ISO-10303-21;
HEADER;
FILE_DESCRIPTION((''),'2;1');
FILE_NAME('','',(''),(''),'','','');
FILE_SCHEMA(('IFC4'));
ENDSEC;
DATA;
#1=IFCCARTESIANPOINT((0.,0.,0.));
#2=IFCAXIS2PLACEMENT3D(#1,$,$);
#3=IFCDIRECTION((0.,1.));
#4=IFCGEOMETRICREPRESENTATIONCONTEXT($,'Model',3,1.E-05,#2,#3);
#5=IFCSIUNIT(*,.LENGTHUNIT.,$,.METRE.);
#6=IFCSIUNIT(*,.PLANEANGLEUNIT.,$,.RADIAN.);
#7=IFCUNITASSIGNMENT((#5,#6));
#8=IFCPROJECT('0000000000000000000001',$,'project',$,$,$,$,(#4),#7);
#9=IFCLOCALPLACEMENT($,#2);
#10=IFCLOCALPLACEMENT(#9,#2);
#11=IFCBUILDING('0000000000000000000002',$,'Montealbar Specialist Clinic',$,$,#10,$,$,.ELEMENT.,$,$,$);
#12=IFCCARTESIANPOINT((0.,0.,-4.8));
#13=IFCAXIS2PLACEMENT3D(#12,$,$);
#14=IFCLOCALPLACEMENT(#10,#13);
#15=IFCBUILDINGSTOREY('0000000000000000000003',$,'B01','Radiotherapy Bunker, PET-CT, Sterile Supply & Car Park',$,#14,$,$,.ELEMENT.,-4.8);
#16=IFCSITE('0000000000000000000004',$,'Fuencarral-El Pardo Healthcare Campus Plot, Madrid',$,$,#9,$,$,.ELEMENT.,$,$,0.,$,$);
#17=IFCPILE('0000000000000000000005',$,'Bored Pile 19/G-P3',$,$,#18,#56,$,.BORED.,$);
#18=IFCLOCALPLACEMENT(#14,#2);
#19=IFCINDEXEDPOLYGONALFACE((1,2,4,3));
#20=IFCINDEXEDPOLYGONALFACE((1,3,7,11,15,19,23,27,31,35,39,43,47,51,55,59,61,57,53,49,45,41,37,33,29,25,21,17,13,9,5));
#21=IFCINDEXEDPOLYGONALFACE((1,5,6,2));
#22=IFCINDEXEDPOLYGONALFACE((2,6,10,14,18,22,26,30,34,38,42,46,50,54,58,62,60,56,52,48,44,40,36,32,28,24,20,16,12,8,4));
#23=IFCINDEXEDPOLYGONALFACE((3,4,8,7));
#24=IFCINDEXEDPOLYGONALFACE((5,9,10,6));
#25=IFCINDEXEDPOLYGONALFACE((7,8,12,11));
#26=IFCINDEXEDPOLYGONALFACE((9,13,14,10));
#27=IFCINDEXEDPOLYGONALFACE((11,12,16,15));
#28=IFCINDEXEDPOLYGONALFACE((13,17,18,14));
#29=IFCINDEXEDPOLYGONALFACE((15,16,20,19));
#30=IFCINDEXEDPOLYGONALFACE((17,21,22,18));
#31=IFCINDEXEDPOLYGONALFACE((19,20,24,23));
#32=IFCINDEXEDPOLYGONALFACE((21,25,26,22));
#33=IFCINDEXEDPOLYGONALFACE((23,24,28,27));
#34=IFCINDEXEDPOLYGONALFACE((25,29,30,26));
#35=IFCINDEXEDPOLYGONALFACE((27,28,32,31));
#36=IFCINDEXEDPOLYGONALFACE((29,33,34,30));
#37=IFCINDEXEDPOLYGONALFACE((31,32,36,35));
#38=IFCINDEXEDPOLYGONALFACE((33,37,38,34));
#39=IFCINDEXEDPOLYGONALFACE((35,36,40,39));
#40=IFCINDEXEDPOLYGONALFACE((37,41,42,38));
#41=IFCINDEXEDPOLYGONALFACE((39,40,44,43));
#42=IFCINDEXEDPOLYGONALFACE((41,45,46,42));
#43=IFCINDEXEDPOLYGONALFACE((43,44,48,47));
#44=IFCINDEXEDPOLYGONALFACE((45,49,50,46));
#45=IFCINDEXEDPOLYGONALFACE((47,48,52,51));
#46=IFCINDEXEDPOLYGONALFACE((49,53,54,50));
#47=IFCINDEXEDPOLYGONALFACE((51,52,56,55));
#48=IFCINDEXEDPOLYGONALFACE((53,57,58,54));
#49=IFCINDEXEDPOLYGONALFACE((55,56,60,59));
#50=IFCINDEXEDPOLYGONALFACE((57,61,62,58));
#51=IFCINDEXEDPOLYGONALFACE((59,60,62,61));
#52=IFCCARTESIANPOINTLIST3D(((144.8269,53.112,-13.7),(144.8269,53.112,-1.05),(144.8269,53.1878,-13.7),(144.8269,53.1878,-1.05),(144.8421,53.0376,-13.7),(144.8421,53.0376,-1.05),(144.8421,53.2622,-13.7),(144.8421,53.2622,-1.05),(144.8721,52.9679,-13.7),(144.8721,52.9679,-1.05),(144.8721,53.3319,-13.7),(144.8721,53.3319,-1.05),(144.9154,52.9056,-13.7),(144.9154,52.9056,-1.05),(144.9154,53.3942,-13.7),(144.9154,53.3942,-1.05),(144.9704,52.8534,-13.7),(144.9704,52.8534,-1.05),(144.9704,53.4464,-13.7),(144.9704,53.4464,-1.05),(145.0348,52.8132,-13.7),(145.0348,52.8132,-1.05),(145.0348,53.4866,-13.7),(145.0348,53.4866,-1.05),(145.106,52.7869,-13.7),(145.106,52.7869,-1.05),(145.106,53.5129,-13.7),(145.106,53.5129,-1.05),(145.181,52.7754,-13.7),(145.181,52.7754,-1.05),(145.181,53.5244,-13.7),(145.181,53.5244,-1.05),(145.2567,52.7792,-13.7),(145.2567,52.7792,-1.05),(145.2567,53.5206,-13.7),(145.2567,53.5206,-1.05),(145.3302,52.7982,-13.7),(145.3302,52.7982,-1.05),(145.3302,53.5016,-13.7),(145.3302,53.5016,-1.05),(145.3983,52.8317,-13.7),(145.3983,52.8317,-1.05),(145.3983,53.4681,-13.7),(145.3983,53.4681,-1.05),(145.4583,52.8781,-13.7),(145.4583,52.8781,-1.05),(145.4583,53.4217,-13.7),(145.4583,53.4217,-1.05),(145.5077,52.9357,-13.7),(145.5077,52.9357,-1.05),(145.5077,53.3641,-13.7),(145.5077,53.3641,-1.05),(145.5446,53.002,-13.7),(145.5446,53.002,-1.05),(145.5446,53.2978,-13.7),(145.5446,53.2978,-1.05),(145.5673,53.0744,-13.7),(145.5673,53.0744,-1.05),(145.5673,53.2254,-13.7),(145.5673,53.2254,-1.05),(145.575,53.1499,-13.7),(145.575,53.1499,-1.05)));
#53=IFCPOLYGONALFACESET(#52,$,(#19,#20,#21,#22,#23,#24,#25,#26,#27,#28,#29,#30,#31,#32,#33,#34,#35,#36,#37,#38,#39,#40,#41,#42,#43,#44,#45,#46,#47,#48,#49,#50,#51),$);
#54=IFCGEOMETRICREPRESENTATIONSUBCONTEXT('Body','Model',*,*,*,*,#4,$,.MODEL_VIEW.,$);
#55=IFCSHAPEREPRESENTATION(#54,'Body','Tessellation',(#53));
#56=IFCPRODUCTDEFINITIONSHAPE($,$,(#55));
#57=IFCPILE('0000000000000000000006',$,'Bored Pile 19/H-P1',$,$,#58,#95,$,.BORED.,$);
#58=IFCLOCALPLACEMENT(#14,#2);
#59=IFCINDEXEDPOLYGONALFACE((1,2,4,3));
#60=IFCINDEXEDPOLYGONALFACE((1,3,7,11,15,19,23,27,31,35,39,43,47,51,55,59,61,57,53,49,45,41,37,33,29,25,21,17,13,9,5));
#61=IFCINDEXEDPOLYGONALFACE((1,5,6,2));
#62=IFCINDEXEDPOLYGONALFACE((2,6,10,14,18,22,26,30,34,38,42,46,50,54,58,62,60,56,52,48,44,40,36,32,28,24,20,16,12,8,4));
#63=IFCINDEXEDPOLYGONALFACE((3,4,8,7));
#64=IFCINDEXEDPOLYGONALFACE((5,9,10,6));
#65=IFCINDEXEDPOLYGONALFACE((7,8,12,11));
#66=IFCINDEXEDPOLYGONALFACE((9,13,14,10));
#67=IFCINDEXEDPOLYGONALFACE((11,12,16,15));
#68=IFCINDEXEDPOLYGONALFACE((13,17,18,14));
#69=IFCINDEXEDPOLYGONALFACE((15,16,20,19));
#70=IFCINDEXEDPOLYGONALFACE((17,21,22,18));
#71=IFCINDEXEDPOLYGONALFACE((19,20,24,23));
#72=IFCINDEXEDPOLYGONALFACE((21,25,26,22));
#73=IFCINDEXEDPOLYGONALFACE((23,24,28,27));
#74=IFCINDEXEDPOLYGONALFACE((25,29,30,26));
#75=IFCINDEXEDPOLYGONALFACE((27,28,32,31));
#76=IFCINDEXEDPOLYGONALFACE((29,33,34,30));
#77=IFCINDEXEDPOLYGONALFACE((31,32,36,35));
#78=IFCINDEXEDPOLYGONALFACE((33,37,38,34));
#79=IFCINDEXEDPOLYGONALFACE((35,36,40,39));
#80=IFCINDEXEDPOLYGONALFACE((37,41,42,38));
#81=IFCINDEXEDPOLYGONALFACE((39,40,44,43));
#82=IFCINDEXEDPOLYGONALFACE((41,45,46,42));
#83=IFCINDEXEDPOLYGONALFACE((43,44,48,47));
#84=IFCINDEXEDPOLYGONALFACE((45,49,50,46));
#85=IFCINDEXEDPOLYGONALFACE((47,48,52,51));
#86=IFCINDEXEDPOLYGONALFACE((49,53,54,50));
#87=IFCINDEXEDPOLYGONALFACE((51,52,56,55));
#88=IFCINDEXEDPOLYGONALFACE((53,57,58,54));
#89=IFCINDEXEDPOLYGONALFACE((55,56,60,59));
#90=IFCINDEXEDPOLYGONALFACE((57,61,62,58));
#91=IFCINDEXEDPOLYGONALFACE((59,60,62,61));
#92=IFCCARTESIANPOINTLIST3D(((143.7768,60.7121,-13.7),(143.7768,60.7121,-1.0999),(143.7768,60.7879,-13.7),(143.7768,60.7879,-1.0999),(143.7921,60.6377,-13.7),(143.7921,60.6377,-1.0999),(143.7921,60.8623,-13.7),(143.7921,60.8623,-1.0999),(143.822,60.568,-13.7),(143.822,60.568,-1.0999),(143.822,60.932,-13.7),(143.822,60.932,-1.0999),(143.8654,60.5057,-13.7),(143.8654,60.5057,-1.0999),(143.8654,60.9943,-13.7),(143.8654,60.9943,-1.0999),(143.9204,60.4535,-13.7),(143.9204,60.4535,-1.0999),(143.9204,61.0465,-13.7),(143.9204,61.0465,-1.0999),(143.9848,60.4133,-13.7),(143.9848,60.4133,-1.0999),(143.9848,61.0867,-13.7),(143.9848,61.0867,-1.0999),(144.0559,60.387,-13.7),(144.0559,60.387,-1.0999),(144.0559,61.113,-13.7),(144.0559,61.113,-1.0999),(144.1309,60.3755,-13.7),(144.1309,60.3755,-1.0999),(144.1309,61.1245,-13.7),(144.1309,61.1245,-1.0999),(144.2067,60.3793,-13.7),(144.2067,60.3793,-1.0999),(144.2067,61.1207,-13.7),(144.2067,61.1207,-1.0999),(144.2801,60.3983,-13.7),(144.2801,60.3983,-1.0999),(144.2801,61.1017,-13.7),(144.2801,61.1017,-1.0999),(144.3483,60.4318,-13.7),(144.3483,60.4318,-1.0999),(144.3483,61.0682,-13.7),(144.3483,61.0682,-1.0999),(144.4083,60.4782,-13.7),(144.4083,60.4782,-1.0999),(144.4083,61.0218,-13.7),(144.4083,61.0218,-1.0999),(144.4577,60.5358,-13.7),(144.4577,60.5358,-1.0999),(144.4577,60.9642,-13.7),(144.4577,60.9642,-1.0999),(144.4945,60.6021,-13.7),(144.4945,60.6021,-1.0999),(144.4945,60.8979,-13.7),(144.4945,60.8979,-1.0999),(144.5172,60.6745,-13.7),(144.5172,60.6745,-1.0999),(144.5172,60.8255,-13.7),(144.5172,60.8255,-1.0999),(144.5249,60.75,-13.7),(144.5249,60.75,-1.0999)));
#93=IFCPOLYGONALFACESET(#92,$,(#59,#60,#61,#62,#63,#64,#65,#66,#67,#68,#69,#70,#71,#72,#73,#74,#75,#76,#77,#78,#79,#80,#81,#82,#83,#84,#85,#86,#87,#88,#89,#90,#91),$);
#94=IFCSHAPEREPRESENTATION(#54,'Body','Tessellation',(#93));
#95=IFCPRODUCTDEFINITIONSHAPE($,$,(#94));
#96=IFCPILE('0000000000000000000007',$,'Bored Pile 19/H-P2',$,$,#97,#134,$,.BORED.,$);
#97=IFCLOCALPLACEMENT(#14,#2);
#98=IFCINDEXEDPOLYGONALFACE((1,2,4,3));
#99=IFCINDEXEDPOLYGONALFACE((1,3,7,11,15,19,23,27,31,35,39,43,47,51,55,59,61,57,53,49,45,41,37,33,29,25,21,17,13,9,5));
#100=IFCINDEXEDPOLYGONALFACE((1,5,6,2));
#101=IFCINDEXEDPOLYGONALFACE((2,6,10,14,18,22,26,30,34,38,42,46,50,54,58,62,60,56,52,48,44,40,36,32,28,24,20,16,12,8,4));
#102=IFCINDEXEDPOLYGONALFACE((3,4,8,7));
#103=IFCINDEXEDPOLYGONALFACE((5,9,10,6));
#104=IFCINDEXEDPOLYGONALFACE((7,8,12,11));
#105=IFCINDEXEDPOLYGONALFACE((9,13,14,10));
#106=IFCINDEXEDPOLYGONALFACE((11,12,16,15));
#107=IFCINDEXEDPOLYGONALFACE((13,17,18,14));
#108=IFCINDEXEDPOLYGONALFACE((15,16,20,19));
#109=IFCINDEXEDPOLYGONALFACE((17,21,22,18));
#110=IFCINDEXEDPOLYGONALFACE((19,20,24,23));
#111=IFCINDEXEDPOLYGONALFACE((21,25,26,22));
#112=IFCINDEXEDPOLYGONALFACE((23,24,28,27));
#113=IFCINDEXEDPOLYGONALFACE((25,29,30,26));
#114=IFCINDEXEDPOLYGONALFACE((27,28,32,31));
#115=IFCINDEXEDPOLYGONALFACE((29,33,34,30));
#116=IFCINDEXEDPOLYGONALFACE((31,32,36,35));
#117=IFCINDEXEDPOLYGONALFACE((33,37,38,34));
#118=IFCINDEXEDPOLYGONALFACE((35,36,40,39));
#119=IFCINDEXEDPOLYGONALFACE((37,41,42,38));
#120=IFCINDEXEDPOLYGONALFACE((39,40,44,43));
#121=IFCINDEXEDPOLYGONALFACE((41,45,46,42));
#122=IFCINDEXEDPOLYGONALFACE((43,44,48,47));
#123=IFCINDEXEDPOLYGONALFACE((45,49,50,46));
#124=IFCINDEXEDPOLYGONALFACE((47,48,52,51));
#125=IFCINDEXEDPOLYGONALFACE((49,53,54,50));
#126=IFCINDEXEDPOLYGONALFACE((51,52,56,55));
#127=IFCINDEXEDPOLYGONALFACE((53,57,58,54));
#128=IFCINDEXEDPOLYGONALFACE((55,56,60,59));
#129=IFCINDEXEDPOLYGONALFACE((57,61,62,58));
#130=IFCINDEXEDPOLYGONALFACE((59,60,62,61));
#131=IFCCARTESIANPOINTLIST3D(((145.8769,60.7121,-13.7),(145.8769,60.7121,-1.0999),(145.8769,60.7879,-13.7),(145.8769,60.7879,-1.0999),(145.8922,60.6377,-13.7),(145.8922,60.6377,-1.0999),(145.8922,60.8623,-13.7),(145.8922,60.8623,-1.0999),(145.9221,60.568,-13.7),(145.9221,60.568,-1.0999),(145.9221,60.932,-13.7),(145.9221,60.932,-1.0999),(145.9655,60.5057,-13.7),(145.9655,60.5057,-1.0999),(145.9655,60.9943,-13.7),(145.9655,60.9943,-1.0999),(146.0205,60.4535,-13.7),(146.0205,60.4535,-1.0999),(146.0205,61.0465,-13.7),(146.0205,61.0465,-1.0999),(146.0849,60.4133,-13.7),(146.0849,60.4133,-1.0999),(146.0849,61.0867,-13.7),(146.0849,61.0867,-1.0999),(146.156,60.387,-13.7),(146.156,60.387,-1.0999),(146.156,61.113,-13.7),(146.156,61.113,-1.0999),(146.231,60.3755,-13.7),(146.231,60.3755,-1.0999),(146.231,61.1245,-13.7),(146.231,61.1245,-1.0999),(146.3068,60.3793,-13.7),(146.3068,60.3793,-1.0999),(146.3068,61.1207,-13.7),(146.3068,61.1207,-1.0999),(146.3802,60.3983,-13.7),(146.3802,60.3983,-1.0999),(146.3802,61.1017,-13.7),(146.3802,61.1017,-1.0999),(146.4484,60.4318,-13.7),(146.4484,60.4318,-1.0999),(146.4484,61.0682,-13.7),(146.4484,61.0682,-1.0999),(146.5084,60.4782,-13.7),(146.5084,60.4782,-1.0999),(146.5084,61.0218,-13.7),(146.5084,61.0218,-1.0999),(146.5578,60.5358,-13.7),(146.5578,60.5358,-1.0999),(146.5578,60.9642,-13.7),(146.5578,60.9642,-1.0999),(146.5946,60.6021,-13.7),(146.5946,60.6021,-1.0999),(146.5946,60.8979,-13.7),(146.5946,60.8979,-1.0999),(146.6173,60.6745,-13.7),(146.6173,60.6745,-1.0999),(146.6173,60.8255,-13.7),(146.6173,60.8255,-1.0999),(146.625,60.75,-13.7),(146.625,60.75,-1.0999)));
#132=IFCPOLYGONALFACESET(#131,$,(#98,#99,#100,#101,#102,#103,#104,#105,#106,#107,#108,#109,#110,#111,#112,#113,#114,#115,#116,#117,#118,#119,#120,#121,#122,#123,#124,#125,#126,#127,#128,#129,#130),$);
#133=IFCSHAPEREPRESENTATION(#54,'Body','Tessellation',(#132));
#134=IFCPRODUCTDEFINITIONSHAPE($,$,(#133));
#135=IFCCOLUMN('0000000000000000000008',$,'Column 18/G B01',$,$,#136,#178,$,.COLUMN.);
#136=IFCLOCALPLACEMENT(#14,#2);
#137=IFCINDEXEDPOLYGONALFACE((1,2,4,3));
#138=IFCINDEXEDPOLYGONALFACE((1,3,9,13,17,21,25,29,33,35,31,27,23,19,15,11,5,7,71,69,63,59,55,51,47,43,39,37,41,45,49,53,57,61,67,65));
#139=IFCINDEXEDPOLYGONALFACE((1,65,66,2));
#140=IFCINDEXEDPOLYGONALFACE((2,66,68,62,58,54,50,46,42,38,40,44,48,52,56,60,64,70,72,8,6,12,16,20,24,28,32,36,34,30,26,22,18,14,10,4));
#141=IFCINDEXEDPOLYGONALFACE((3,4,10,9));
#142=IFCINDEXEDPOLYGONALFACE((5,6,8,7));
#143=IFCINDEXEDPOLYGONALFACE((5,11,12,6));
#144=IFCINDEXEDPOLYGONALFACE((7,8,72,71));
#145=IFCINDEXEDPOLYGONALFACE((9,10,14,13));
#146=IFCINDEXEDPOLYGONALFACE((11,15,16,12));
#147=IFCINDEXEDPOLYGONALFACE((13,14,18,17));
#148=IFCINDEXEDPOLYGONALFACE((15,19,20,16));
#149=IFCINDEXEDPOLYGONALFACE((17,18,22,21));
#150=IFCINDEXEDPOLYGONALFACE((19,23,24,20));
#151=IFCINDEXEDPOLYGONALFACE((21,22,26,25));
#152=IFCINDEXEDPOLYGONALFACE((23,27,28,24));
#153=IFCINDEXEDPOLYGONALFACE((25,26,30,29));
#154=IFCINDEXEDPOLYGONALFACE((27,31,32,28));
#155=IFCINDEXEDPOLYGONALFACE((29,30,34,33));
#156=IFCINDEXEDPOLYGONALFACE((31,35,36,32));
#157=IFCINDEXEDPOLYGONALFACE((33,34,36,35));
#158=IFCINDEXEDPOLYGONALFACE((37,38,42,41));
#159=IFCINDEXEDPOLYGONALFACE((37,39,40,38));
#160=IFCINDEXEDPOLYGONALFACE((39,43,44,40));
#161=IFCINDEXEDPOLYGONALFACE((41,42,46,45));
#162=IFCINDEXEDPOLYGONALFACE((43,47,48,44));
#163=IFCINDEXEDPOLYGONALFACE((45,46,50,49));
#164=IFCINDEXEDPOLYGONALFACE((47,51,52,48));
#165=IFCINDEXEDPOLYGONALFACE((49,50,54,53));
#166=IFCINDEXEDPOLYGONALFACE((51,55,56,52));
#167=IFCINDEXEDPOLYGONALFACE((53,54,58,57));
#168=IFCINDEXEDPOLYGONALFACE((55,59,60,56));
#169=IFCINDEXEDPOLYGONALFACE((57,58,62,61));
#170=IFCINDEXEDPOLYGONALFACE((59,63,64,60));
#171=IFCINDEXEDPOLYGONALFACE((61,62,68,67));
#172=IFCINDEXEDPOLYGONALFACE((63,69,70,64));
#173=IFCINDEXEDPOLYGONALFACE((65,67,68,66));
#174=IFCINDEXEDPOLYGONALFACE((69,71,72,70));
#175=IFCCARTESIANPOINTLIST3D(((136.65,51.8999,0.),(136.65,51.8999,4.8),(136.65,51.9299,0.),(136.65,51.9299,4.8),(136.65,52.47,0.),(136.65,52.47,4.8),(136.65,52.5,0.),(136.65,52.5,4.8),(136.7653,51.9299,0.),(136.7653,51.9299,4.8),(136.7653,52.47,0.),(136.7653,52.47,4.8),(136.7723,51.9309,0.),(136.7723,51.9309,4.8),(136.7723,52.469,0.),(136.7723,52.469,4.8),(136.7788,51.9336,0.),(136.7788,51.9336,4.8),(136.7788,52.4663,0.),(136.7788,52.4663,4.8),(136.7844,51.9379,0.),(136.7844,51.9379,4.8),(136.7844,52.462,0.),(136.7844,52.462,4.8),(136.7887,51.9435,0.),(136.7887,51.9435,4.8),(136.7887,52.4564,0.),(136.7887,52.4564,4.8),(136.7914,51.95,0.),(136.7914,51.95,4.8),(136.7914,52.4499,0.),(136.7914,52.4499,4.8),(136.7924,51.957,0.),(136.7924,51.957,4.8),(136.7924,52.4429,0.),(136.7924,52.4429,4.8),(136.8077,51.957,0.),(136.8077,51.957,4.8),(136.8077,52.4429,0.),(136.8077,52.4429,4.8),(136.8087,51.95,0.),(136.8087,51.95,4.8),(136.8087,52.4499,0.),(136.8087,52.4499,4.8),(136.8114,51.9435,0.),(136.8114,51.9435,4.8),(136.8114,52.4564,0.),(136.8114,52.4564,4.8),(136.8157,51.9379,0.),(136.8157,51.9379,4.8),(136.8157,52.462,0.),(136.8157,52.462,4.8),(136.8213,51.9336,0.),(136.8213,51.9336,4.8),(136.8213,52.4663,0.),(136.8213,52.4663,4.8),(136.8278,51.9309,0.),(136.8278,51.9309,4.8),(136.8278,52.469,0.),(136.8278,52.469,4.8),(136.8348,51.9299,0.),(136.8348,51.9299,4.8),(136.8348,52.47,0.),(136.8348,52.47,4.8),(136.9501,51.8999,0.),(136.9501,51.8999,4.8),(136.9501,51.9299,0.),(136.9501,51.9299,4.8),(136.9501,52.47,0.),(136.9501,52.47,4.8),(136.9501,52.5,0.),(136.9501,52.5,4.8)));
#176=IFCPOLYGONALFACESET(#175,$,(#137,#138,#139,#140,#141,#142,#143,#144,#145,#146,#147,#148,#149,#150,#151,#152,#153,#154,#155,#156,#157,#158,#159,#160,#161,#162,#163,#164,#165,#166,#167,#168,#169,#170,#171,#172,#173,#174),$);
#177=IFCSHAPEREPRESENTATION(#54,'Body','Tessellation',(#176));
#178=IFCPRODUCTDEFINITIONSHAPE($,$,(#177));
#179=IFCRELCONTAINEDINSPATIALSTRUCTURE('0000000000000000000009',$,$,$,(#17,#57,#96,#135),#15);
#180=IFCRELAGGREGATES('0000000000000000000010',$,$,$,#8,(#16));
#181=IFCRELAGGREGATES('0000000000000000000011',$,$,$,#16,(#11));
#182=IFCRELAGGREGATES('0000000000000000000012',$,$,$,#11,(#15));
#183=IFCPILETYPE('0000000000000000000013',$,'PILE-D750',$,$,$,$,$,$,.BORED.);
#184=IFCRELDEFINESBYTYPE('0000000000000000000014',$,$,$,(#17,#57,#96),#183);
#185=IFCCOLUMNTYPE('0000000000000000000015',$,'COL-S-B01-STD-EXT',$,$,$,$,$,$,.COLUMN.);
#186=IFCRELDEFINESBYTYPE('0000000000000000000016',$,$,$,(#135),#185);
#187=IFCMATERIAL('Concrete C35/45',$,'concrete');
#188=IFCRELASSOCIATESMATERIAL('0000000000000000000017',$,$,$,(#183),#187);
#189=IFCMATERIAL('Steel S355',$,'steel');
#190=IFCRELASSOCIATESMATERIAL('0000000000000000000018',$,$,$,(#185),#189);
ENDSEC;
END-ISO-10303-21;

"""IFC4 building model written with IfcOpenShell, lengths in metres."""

from ifc_helpers import new_model, si_unit, direction, frame, origin, origin_2d, place, context, subcontext, project, spatial, circle, i_section, extrude, material, material_profile, profile_set, type_object, element, save


model = new_model("IFC4")

# Units and contexts
model_context = context("Model", 3, precision=1e-05, world=origin(), true_north=direction((0.0, 1.0)))
body_context = subcontext(model_context, "Body", "Model", "MODEL_VIEW")
ifc_project = project(units=[si_unit("LENGTHUNIT", "METRE"), si_unit("PLANEANGLEUNIT", "RADIAN")], contexts=[model_context])

# Site, building, storey
site_placement = place(None, origin())
site = spatial("IfcSite", under=ifc_project, at=site_placement, Name="Fuencarral-El Pardo Healthcare Campus Plot, Madrid", CompositionType="ELEMENT", RefElevation=0.0)
building_placement = place(site_placement, origin())
building = spatial("IfcBuilding", under=site, at=building_placement, Name="Montealbar Specialist Clinic", CompositionType="ELEMENT")
storey_placement = place(building_placement, frame((0.0, 0.0, -4.8)))
storey = spatial("IfcBuildingStorey", under=building, at=storey_placement, Name="B01", Description="Radiotherapy Bunker, PET-CT, Sterile Supply & Car Park", CompositionType="ELEMENT", Elevation=-4.8)

# Shared definitions
ifc_material_1 = material(Name="Concrete C35/45", Category="concrete")

# Piles
ifc_material_profile_1 = material_profile(ifc_material_1, circle(Radius=0.375, at=origin_2d()), Name="PILE D750", Category="concrete")
ifc_profile_set_1 = profile_set([ifc_material_profile_1], Name="Concrete C35/45")
pile_type = type_object("IfcPileType", Name="PILE-D750", PredefinedType="BORED", material=ifc_profile_set_1)
for number, where, z_axis, x_axis, name in (
    (1, (145.2, 53.1499, -1.05), (0.0, 0.0, -1.0), (1.0, 0.0, 0.0), "Bored Pile 19/G-P3"),
):
    element("IfcPile", number, at=place(storey_placement, frame(where, z_axis=z_axis, x_axis=x_axis)), inside=storey, type_object=pile_type, Name=name, PredefinedType="BORED", context=body_context, shape_type="SweptSolid", body=[
        extrude(circle(Radius=0.375, at=origin_2d()), origin(), (0.0, 0.0, 1.0), 12.6499),
    ])
for number, where, z_axis, x_axis, name in (
    (2, (144.1499, 60.75, -1.0999), (0.0, 0.0, -1.0), (1.0, 0.0, 0.0), "Bored Pile 19/H-P1"),
    (3, (146.25, 60.75, -1.0999), (0.0, 0.0, -1.0), (1.0, 0.0, 0.0), "Bored Pile 19/H-P2"),
):
    element("IfcPile", number, at=place(storey_placement, frame(where, z_axis=z_axis, x_axis=x_axis)), inside=storey, type_object=pile_type, Name=name, PredefinedType="BORED", context=body_context, shape_type="SweptSolid", body=[
        extrude(circle(Radius=0.375, at=origin_2d()), origin(), (0.0, 0.0, 1.0), 12.6001),
    ])

# Column
ifc_material_2 = material(Name="Steel S355", Category="steel")
ifc_material_profile_2 = material_profile(ifc_material_2, i_section(OverallWidth=0.3, OverallDepth=0.6001, WebThickness=0.0154, FlangeThickness=0.03, FilletRadius=0.0271, at=origin_2d()), Name="HEB 600", Category="steel")
ifc_profile_set_2 = profile_set([ifc_material_profile_2], Name="Steel S355")
column_type = type_object("IfcColumnType", Name="COL-S-B01-STD-EXT", PredefinedType="COLUMN", material=ifc_profile_set_2)
for number, where, z_axis, x_axis, name in (
    (4, (136.8, 52.2, 0.0), (0.0, 0.0, 1.0), (1.0, 0.0, 0.0), "Column 18/G B01"),
):
    element("IfcColumn", number, at=place(storey_placement, frame(where, z_axis=z_axis, x_axis=x_axis)), inside=storey, type_object=column_type, Name=name, PredefinedType="COLUMN", context=body_context, shape_type="SweptSolid", body=[
        extrude(i_section(OverallWidth=0.3, OverallDepth=0.6001, WebThickness=0.0154, FlangeThickness=0.03, FilletRadius=0.0271, at=origin_2d()), origin(), (0.0, 0.0, 1.0), 4.8),
    ])

save(model, "model.ifc")
